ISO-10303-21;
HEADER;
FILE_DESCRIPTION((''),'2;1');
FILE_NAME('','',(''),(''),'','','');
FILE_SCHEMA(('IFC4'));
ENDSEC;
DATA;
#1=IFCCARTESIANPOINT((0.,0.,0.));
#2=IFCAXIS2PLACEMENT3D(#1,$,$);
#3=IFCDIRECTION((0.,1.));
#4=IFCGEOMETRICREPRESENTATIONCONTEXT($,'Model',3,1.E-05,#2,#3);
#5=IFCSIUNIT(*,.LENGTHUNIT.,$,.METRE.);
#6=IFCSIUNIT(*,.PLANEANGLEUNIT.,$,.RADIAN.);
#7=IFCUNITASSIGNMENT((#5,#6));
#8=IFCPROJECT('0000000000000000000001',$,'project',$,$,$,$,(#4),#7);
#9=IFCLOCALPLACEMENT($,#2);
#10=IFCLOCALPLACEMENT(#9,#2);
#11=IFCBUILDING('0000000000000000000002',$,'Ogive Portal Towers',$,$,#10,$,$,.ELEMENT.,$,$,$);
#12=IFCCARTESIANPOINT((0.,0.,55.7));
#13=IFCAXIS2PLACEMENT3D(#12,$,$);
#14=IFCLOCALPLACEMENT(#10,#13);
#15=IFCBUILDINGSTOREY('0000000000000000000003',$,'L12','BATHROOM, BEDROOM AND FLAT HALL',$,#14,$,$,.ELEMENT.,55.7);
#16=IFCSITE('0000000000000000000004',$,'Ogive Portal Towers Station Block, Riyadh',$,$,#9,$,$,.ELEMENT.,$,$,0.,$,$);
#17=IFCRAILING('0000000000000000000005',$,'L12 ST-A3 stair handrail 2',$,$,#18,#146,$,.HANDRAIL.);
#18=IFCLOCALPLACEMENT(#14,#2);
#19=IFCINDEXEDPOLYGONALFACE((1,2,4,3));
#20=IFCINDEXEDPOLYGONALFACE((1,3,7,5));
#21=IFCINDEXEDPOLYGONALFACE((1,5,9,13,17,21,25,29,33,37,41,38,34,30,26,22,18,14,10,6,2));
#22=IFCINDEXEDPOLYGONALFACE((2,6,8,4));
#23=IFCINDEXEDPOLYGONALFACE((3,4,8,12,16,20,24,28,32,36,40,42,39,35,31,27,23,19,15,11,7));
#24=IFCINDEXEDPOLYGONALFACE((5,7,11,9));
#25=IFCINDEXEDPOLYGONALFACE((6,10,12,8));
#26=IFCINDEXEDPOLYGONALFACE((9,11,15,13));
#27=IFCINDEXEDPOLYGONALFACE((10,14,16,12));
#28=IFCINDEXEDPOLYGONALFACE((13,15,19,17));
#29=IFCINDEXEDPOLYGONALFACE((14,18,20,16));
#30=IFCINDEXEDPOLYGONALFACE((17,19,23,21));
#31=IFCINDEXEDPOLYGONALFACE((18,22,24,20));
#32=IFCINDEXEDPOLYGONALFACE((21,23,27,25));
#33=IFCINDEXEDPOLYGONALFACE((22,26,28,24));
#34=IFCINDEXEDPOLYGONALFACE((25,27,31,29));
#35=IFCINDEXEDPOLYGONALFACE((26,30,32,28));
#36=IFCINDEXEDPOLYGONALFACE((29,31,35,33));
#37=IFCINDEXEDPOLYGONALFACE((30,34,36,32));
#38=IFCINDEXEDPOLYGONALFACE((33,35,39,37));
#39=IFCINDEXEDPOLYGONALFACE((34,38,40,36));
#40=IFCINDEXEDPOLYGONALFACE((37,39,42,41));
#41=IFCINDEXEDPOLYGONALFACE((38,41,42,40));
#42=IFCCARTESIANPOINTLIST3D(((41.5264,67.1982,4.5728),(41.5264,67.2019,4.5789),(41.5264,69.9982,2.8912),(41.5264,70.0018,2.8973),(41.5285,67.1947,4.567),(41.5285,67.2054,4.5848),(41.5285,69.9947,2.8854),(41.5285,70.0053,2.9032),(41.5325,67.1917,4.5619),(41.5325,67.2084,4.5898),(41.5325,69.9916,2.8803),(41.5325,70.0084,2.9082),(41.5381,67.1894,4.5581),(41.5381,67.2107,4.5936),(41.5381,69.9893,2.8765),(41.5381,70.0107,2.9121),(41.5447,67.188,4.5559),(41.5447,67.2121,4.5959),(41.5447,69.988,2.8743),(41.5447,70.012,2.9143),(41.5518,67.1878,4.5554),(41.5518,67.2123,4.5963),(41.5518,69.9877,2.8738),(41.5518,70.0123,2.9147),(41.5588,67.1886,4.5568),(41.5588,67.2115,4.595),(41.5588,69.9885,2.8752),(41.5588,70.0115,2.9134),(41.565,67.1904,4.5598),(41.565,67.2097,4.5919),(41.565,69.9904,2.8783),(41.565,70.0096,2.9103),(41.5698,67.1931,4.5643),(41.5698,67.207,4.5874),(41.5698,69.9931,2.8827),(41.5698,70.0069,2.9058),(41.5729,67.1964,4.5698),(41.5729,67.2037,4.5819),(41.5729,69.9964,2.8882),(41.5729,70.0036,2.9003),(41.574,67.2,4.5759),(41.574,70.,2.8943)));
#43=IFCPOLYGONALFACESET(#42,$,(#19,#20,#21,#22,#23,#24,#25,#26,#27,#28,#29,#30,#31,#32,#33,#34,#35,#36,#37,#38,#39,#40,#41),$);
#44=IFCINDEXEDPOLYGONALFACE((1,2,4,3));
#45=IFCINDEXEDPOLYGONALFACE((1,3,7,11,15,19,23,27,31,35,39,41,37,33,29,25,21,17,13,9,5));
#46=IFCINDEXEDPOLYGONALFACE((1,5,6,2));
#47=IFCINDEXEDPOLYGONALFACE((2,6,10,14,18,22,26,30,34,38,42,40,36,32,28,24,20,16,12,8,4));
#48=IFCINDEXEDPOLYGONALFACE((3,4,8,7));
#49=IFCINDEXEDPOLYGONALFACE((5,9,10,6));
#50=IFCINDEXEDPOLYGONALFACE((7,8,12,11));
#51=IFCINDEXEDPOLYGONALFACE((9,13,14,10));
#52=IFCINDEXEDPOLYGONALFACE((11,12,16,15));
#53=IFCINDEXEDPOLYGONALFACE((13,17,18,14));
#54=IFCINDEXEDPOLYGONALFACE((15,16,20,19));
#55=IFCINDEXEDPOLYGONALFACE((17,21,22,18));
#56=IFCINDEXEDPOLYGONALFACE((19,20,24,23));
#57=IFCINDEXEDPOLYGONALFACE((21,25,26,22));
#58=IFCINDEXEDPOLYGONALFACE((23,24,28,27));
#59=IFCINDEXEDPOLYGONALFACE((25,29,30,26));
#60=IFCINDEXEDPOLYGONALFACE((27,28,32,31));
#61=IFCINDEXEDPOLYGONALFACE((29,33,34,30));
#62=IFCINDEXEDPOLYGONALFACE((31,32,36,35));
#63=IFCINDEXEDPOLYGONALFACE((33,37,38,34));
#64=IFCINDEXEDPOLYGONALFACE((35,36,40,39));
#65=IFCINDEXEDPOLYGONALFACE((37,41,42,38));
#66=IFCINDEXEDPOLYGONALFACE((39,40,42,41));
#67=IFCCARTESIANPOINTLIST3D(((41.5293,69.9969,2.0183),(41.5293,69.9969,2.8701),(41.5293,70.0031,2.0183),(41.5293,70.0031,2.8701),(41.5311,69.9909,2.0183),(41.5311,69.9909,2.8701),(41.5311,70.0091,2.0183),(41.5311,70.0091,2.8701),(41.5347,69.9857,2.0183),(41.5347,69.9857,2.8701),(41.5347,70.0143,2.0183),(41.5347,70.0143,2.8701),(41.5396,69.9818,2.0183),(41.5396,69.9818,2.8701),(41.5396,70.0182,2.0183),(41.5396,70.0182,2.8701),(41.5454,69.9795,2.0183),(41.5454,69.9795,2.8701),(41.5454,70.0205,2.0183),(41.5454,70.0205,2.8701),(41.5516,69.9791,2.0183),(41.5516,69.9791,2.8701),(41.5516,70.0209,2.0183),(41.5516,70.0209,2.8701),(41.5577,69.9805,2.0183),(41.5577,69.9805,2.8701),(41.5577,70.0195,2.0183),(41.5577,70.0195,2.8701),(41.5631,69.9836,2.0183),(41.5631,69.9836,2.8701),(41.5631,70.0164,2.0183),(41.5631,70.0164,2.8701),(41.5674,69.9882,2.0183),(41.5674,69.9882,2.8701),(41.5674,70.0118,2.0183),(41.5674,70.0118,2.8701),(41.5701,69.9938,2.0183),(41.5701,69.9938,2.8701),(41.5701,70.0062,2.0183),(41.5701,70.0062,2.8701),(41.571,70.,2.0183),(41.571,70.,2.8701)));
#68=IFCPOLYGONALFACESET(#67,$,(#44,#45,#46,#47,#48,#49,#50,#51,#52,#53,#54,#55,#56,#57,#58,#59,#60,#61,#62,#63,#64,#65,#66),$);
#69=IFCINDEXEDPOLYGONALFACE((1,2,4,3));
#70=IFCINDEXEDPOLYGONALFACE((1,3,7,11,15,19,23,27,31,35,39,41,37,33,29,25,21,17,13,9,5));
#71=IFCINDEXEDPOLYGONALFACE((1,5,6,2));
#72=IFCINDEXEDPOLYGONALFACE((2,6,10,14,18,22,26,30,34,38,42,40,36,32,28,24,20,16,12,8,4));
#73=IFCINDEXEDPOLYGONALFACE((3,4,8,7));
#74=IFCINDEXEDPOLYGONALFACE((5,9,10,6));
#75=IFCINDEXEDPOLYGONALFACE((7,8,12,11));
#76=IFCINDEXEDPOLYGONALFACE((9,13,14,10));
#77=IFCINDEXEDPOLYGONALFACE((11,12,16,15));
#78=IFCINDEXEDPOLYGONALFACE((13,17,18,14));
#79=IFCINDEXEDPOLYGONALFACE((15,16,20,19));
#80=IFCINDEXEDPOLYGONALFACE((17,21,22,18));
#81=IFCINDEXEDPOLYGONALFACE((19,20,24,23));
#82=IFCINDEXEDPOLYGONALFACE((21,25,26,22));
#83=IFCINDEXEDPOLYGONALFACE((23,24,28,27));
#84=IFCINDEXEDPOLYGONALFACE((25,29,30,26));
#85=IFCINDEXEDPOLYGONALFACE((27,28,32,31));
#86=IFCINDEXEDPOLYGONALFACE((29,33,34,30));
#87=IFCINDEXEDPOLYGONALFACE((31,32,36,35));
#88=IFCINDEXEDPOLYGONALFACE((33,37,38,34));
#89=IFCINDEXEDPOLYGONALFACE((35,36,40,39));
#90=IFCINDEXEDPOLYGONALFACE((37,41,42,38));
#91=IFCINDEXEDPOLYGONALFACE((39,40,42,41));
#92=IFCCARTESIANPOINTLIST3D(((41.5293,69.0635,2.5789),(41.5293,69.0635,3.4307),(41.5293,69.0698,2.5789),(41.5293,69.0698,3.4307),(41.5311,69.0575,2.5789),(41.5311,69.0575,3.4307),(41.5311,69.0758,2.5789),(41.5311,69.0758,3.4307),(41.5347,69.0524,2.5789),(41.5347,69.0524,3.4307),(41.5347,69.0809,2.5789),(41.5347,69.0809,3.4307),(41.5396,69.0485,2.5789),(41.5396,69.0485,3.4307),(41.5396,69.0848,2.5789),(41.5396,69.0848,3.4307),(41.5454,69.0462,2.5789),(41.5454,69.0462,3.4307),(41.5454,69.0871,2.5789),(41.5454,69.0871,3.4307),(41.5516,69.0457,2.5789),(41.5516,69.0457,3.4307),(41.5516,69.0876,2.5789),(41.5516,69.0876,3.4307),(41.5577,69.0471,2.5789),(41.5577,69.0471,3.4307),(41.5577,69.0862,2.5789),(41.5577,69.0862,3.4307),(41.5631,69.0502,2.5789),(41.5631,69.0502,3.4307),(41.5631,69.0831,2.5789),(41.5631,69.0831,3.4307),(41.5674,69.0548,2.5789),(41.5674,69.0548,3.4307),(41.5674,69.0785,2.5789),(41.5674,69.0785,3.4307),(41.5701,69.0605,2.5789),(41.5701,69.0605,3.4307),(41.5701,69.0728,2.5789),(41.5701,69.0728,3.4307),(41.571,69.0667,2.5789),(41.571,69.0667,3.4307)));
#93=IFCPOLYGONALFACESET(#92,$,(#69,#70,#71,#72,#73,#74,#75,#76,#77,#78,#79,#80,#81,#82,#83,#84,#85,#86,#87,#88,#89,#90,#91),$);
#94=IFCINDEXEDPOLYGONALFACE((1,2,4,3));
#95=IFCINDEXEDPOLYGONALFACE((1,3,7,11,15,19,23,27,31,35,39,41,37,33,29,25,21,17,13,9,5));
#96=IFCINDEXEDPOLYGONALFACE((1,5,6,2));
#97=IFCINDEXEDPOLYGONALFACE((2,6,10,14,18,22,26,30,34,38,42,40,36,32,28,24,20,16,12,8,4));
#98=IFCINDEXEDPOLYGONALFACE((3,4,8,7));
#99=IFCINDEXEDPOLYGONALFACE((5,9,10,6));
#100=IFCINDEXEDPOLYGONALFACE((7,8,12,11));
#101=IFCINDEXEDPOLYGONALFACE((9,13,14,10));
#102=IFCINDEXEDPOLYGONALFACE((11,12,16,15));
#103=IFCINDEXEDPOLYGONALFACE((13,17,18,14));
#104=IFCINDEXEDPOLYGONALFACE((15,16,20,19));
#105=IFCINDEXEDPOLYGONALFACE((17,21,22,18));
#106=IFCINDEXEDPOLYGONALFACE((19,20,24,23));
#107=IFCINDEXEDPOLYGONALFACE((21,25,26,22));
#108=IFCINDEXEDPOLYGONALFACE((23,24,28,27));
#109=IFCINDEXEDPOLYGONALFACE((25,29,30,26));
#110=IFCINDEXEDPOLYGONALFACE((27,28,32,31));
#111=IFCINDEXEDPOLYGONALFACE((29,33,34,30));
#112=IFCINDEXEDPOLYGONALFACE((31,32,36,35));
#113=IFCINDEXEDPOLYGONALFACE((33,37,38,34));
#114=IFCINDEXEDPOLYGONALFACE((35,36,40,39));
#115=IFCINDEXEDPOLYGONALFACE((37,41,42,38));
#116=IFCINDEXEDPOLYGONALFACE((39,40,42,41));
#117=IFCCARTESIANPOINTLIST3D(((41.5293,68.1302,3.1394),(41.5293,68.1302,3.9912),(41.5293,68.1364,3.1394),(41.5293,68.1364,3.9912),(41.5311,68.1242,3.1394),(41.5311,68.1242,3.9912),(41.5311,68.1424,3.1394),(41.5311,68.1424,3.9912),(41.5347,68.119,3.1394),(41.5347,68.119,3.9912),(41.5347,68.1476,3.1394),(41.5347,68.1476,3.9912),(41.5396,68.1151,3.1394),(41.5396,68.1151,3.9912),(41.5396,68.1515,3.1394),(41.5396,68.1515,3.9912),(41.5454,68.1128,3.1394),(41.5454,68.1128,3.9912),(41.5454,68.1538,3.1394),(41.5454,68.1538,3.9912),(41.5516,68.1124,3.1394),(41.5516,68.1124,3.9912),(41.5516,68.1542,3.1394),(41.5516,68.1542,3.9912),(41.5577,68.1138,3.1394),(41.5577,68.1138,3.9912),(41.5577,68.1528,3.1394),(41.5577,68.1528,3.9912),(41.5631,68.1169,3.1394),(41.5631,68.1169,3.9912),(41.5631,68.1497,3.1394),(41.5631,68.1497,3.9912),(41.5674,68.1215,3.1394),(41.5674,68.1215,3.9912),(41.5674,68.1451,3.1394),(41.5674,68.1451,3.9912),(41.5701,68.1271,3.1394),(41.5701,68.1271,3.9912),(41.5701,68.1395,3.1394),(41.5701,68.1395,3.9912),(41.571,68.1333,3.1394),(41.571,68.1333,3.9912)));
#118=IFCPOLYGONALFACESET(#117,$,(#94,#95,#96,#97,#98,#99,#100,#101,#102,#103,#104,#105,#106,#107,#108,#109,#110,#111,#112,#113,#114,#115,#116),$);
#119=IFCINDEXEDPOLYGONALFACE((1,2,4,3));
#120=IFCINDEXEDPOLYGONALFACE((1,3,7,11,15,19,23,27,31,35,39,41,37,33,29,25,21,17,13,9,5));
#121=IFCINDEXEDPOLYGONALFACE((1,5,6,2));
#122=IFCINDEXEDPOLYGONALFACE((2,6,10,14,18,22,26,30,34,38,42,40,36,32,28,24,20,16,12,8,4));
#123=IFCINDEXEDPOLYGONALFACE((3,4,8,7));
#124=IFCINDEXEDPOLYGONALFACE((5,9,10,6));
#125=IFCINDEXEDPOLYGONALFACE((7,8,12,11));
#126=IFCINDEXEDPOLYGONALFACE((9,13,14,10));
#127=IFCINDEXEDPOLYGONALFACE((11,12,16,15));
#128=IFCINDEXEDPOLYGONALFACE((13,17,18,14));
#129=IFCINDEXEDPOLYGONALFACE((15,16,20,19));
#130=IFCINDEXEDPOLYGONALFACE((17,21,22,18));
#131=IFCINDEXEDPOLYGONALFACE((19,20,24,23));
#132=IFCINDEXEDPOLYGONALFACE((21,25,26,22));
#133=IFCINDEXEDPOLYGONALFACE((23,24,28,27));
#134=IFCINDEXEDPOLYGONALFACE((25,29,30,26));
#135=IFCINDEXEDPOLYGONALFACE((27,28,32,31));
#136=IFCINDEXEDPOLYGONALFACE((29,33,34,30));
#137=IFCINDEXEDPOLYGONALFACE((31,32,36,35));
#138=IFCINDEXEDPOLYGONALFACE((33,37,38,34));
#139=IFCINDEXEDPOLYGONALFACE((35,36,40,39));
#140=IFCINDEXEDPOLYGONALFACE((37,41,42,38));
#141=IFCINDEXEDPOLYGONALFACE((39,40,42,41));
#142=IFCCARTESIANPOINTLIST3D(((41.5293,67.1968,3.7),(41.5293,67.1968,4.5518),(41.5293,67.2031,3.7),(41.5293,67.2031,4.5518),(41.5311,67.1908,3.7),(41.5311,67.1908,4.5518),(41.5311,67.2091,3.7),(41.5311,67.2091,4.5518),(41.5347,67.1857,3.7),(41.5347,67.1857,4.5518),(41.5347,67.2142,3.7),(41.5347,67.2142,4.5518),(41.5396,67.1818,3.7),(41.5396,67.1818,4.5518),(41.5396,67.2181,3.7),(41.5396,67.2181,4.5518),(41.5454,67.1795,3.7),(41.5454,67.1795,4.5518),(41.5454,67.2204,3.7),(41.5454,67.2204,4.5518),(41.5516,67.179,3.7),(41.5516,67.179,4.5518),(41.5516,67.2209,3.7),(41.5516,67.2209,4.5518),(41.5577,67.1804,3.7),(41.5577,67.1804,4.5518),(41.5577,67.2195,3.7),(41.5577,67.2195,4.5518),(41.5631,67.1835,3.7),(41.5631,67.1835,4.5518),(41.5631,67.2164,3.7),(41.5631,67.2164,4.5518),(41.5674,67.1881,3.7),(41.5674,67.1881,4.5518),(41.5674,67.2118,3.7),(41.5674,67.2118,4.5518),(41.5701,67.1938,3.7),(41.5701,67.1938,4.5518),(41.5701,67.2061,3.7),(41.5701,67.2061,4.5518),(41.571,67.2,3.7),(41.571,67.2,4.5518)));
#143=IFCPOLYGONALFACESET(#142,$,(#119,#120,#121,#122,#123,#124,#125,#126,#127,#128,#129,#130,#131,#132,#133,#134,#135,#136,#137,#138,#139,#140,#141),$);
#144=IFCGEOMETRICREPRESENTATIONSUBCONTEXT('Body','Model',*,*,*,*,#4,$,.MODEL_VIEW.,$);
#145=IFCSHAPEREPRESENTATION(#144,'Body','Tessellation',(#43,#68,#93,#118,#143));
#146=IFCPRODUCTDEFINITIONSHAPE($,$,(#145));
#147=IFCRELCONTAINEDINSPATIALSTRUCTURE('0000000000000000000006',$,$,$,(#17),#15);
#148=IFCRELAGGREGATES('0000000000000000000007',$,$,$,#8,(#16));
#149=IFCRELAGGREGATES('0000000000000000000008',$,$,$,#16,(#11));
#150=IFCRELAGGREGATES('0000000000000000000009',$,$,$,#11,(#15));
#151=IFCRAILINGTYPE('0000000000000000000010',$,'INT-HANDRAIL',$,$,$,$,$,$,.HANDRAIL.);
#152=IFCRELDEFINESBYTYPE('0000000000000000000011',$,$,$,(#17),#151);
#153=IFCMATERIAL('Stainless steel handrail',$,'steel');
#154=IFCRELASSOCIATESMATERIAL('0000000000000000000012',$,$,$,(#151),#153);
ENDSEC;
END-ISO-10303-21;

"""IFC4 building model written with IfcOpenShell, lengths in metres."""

from ifc_helpers import new_model, si_unit, direction, frame, origin, origin_2d, place, context, subcontext, project, spatial, circle, extrude, material, type_object, element, save


model = new_model("IFC4")

# Units and contexts
model_context = context("Model", 3, precision=1e-05, world=origin(), true_north=direction((0.0, 1.0)))
body_context = subcontext(model_context, "Body", "Model", "MODEL_VIEW")
ifc_project = project(units=[si_unit("LENGTHUNIT", "METRE"), si_unit("PLANEANGLEUNIT", "RADIAN")], contexts=[model_context])

# Site, building, storey
site_placement = place(None, origin())
site = spatial("IfcSite", under=ifc_project, at=site_placement, Name="Ogive Portal Towers Station Block, Riyadh", CompositionType="ELEMENT", RefElevation=0.0)
building_placement = place(site_placement, origin())
building = spatial("IfcBuilding", under=site, at=building_placement, Name="Ogive Portal Towers", CompositionType="ELEMENT")
storey_placement = place(building_placement, frame((0.0, 0.0, 55.7)))
storey = spatial("IfcBuildingStorey", under=building, at=storey_placement, Name="L12", Description="BATHROOM, BEDROOM AND FLAT HALL", CompositionType="ELEMENT", Elevation=55.7)

# Railing
ifc_material_1 = material(Name="Stainless steel handrail", Category="steel")
railing_type_1 = type_object("IfcRailingType", Name="INT-HANDRAIL", PredefinedType="HANDRAIL", material=ifc_material_1)
railing_1_placement = place(storey_placement, frame((41.55, 70.0, 2.0183)))
element("IfcRailing", 1, at=railing_1_placement, inside=storey, type_object=railing_type_1, Name="L12 ST-A3 stair handrail 2", PredefinedType="HANDRAIL", context=body_context, shape_type="SweptSolid", body=[
    extrude(circle(Radius=0.0239, at=origin_2d()), frame((0.0, 0.0, 0.876), z_axis=(0.0, -0.857275, 0.514858), x_axis=(1.0, 0.0, 0.0)), (0.0, 0.0, 1.0), 3.2661),
    extrude(circle(Radius=0.021, at=origin_2d()), origin(), (0.0, 0.0, 1.0), 0.8518),
    extrude(circle(Radius=0.021, at=origin_2d()), frame((0.0, -0.9333, 0.5605)), (0.0, 0.0, 1.0), 0.8518),
    extrude(circle(Radius=0.021, at=origin_2d()), frame((0.0, -1.8667, 1.1211)), (0.0, 0.0, 1.0), 0.8518),
    extrude(circle(Radius=0.021, at=origin_2d()), frame((0.0, -2.8, 1.6816)), (0.0, 0.0, 1.0), 0.8518),
])

save(model, "model.ifc")
